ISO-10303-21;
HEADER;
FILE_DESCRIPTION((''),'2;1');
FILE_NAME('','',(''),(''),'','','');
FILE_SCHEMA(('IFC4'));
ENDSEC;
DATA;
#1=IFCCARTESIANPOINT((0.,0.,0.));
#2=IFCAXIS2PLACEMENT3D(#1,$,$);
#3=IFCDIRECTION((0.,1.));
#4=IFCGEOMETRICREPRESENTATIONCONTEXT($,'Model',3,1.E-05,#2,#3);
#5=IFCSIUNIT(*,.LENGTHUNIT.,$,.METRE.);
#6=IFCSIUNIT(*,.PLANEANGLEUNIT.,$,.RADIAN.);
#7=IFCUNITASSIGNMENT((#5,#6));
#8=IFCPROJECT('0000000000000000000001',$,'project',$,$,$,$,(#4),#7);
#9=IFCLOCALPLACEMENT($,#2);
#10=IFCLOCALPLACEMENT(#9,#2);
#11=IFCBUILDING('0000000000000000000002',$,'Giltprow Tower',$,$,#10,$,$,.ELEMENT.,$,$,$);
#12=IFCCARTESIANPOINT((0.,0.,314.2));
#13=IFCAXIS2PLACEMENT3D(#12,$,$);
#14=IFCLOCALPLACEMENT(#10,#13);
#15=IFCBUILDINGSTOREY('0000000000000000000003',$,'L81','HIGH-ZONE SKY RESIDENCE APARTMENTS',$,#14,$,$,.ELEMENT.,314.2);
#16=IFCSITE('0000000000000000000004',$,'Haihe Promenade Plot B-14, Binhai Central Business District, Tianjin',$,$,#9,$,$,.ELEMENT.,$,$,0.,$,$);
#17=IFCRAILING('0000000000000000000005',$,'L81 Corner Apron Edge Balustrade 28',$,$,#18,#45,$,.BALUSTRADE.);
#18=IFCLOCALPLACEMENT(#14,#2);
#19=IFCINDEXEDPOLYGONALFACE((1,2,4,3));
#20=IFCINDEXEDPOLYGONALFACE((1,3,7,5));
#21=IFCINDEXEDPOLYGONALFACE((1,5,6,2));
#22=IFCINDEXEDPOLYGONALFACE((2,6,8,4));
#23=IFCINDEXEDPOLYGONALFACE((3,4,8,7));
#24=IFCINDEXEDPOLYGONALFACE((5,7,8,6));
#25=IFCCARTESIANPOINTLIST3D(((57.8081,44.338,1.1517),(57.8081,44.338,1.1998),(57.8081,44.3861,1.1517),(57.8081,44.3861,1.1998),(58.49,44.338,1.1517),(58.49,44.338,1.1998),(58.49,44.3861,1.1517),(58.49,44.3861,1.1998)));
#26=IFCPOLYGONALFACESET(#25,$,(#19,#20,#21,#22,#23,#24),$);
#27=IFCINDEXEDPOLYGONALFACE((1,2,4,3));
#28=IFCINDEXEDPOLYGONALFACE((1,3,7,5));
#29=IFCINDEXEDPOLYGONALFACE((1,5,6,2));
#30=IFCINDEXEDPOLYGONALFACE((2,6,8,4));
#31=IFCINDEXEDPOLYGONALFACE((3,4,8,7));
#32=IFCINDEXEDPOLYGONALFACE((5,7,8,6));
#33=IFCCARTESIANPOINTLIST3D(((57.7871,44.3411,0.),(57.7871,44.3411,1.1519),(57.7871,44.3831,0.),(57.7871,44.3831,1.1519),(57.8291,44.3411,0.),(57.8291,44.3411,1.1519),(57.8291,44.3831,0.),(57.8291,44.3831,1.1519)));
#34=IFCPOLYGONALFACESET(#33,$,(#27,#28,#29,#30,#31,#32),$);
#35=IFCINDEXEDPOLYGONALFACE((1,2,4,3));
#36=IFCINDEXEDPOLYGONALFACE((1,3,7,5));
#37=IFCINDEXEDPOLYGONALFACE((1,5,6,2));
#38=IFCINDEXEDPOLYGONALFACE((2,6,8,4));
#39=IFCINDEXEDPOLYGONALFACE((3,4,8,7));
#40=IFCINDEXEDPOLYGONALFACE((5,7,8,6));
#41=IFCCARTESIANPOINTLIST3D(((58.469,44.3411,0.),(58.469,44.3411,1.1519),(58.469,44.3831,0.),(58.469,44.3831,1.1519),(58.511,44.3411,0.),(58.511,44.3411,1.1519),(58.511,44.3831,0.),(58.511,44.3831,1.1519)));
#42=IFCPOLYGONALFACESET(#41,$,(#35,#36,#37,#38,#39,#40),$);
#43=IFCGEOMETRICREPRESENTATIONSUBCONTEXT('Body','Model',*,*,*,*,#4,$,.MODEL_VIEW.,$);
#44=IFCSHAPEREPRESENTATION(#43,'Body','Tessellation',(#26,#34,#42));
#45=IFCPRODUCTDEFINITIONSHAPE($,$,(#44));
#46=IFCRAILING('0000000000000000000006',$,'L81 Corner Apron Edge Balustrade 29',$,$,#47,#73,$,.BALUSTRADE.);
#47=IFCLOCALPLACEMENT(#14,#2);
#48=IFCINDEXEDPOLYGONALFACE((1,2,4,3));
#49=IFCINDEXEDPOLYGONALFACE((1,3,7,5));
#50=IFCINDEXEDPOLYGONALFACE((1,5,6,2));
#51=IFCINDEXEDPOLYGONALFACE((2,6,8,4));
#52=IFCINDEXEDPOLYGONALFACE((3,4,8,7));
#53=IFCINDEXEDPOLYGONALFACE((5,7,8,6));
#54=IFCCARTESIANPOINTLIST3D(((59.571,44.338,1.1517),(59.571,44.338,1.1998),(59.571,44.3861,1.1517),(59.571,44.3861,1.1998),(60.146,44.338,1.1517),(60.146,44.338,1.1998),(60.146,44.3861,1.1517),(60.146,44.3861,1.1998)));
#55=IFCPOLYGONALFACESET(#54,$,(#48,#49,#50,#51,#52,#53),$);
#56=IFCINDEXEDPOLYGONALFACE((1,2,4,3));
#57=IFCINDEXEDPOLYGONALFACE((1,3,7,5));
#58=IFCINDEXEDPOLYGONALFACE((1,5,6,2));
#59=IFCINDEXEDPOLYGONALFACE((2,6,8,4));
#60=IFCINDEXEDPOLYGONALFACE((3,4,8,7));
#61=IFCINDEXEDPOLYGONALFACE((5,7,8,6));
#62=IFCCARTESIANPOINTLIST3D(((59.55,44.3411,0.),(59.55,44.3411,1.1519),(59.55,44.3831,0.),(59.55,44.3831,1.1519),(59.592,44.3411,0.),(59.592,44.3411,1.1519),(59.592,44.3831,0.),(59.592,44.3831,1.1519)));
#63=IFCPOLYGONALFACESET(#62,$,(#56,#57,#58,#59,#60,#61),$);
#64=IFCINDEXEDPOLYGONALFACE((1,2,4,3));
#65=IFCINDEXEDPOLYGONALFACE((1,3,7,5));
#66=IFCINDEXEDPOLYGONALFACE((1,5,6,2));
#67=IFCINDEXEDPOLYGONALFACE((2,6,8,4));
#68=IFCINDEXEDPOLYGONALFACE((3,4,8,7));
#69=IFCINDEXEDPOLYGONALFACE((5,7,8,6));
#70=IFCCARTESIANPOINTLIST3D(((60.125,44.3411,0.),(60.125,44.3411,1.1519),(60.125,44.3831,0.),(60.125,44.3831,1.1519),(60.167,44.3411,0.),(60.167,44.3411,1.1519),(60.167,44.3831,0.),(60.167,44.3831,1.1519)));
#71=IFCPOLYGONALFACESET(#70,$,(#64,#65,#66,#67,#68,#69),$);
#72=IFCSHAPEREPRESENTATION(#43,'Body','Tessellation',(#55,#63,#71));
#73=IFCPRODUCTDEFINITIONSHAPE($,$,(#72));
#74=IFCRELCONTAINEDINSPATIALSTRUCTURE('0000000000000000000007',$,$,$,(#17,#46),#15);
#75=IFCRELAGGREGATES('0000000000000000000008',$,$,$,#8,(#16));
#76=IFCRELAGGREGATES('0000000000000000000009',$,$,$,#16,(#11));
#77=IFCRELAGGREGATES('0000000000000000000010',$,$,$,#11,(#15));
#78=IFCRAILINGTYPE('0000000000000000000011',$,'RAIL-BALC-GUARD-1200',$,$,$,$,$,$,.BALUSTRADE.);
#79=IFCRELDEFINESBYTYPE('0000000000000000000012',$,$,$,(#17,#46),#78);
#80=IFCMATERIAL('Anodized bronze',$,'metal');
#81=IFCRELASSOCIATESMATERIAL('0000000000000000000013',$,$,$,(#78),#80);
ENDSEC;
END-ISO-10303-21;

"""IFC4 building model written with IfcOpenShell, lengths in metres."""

from ifc_helpers import new_model, si_unit, direction, frame, origin, origin_2d, place, context, subcontext, project, spatial, rectangle, extrude, material, type_object, element, save


model = new_model("IFC4")

# Units and contexts
model_context = context("Model", 3, precision=1e-05, world=origin(), true_north=direction((0.0, 1.0)))
body_context = subcontext(model_context, "Body", "Model", "MODEL_VIEW")
ifc_project = project(units=[si_unit("LENGTHUNIT", "METRE"), si_unit("PLANEANGLEUNIT", "RADIAN")], contexts=[model_context])

# Site, building, storey
site_placement = place(None, origin())
site = spatial("IfcSite", under=ifc_project, at=site_placement, Name="Haihe Promenade Plot B-14, Binhai Central Business District, Tianjin", CompositionType="ELEMENT", RefElevation=0.0)
building_placement = place(site_placement, origin())
building = spatial("IfcBuilding", under=site, at=building_placement, Name="Giltprow Tower", CompositionType="ELEMENT")
storey_placement = place(building_placement, frame((0.0, 0.0, 314.2)))
storey = spatial("IfcBuildingStorey", under=building, at=storey_placement, Name="L81", Description="HIGH-ZONE SKY RESIDENCE APARTMENTS", CompositionType="ELEMENT", Elevation=314.2)

# Railings
ifc_material_1 = material(Name="Anodized bronze", Category="metal")
railing_type = type_object("IfcRailingType", Name="RAIL-BALC-GUARD-1200", PredefinedType="BALUSTRADE", material=ifc_material_1)
railing_1_placement = place(storey_placement, frame((57.8081, 44.3621, 0.0)))
element("IfcRailing", 1, at=railing_1_placement, inside=storey, type_object=railing_type, Name="L81 Corner Apron Edge Balustrade 28", PredefinedType="BALUSTRADE", context=body_context, shape_type="SweptSolid", body=[
    extrude(rectangle(XDim=0.0481, YDim=0.0481, at=origin_2d()), frame((0.0, 0.0, 1.1758), z_axis=(1.0, 0.0, 0.0), x_axis=(0.0, 1.0, 0.0)), (0.0, 0.0, 1.0), 0.6819),
    extrude(rectangle(XDim=0.042, YDim=0.042, at=origin_2d()), origin(), (0.0, 0.0, 1.0), 1.1519),
    extrude(rectangle(XDim=0.042, YDim=0.042, at=origin_2d()), frame((0.6819, 0.0, 0.0)), (0.0, 0.0, 1.0), 1.1519),
])
railing_2_placement = place(storey_placement, frame((59.571, 44.3621, 0.0)))
element("IfcRailing", 2, at=railing_2_placement, inside=storey, type_object=railing_type, Name="L81 Corner Apron Edge Balustrade 29", PredefinedType="BALUSTRADE", context=body_context, shape_type="SweptSolid", body=[
    extrude(rectangle(XDim=0.0481, YDim=0.0481, at=origin_2d()), frame((0.0, 0.0, 1.1758), z_axis=(1.0, 0.0, 0.0), x_axis=(0.0, 1.0, 0.0)), (0.0, 0.0, 1.0), 0.575),
    extrude(rectangle(XDim=0.042, YDim=0.042, at=origin_2d()), origin(), (0.0, 0.0, 1.0), 1.1519),
    extrude(rectangle(XDim=0.042, YDim=0.042, at=origin_2d()), frame((0.575, 0.0, 0.0)), (0.0, 0.0, 1.0), 1.1519),
])

save(model, "model.ifc")
